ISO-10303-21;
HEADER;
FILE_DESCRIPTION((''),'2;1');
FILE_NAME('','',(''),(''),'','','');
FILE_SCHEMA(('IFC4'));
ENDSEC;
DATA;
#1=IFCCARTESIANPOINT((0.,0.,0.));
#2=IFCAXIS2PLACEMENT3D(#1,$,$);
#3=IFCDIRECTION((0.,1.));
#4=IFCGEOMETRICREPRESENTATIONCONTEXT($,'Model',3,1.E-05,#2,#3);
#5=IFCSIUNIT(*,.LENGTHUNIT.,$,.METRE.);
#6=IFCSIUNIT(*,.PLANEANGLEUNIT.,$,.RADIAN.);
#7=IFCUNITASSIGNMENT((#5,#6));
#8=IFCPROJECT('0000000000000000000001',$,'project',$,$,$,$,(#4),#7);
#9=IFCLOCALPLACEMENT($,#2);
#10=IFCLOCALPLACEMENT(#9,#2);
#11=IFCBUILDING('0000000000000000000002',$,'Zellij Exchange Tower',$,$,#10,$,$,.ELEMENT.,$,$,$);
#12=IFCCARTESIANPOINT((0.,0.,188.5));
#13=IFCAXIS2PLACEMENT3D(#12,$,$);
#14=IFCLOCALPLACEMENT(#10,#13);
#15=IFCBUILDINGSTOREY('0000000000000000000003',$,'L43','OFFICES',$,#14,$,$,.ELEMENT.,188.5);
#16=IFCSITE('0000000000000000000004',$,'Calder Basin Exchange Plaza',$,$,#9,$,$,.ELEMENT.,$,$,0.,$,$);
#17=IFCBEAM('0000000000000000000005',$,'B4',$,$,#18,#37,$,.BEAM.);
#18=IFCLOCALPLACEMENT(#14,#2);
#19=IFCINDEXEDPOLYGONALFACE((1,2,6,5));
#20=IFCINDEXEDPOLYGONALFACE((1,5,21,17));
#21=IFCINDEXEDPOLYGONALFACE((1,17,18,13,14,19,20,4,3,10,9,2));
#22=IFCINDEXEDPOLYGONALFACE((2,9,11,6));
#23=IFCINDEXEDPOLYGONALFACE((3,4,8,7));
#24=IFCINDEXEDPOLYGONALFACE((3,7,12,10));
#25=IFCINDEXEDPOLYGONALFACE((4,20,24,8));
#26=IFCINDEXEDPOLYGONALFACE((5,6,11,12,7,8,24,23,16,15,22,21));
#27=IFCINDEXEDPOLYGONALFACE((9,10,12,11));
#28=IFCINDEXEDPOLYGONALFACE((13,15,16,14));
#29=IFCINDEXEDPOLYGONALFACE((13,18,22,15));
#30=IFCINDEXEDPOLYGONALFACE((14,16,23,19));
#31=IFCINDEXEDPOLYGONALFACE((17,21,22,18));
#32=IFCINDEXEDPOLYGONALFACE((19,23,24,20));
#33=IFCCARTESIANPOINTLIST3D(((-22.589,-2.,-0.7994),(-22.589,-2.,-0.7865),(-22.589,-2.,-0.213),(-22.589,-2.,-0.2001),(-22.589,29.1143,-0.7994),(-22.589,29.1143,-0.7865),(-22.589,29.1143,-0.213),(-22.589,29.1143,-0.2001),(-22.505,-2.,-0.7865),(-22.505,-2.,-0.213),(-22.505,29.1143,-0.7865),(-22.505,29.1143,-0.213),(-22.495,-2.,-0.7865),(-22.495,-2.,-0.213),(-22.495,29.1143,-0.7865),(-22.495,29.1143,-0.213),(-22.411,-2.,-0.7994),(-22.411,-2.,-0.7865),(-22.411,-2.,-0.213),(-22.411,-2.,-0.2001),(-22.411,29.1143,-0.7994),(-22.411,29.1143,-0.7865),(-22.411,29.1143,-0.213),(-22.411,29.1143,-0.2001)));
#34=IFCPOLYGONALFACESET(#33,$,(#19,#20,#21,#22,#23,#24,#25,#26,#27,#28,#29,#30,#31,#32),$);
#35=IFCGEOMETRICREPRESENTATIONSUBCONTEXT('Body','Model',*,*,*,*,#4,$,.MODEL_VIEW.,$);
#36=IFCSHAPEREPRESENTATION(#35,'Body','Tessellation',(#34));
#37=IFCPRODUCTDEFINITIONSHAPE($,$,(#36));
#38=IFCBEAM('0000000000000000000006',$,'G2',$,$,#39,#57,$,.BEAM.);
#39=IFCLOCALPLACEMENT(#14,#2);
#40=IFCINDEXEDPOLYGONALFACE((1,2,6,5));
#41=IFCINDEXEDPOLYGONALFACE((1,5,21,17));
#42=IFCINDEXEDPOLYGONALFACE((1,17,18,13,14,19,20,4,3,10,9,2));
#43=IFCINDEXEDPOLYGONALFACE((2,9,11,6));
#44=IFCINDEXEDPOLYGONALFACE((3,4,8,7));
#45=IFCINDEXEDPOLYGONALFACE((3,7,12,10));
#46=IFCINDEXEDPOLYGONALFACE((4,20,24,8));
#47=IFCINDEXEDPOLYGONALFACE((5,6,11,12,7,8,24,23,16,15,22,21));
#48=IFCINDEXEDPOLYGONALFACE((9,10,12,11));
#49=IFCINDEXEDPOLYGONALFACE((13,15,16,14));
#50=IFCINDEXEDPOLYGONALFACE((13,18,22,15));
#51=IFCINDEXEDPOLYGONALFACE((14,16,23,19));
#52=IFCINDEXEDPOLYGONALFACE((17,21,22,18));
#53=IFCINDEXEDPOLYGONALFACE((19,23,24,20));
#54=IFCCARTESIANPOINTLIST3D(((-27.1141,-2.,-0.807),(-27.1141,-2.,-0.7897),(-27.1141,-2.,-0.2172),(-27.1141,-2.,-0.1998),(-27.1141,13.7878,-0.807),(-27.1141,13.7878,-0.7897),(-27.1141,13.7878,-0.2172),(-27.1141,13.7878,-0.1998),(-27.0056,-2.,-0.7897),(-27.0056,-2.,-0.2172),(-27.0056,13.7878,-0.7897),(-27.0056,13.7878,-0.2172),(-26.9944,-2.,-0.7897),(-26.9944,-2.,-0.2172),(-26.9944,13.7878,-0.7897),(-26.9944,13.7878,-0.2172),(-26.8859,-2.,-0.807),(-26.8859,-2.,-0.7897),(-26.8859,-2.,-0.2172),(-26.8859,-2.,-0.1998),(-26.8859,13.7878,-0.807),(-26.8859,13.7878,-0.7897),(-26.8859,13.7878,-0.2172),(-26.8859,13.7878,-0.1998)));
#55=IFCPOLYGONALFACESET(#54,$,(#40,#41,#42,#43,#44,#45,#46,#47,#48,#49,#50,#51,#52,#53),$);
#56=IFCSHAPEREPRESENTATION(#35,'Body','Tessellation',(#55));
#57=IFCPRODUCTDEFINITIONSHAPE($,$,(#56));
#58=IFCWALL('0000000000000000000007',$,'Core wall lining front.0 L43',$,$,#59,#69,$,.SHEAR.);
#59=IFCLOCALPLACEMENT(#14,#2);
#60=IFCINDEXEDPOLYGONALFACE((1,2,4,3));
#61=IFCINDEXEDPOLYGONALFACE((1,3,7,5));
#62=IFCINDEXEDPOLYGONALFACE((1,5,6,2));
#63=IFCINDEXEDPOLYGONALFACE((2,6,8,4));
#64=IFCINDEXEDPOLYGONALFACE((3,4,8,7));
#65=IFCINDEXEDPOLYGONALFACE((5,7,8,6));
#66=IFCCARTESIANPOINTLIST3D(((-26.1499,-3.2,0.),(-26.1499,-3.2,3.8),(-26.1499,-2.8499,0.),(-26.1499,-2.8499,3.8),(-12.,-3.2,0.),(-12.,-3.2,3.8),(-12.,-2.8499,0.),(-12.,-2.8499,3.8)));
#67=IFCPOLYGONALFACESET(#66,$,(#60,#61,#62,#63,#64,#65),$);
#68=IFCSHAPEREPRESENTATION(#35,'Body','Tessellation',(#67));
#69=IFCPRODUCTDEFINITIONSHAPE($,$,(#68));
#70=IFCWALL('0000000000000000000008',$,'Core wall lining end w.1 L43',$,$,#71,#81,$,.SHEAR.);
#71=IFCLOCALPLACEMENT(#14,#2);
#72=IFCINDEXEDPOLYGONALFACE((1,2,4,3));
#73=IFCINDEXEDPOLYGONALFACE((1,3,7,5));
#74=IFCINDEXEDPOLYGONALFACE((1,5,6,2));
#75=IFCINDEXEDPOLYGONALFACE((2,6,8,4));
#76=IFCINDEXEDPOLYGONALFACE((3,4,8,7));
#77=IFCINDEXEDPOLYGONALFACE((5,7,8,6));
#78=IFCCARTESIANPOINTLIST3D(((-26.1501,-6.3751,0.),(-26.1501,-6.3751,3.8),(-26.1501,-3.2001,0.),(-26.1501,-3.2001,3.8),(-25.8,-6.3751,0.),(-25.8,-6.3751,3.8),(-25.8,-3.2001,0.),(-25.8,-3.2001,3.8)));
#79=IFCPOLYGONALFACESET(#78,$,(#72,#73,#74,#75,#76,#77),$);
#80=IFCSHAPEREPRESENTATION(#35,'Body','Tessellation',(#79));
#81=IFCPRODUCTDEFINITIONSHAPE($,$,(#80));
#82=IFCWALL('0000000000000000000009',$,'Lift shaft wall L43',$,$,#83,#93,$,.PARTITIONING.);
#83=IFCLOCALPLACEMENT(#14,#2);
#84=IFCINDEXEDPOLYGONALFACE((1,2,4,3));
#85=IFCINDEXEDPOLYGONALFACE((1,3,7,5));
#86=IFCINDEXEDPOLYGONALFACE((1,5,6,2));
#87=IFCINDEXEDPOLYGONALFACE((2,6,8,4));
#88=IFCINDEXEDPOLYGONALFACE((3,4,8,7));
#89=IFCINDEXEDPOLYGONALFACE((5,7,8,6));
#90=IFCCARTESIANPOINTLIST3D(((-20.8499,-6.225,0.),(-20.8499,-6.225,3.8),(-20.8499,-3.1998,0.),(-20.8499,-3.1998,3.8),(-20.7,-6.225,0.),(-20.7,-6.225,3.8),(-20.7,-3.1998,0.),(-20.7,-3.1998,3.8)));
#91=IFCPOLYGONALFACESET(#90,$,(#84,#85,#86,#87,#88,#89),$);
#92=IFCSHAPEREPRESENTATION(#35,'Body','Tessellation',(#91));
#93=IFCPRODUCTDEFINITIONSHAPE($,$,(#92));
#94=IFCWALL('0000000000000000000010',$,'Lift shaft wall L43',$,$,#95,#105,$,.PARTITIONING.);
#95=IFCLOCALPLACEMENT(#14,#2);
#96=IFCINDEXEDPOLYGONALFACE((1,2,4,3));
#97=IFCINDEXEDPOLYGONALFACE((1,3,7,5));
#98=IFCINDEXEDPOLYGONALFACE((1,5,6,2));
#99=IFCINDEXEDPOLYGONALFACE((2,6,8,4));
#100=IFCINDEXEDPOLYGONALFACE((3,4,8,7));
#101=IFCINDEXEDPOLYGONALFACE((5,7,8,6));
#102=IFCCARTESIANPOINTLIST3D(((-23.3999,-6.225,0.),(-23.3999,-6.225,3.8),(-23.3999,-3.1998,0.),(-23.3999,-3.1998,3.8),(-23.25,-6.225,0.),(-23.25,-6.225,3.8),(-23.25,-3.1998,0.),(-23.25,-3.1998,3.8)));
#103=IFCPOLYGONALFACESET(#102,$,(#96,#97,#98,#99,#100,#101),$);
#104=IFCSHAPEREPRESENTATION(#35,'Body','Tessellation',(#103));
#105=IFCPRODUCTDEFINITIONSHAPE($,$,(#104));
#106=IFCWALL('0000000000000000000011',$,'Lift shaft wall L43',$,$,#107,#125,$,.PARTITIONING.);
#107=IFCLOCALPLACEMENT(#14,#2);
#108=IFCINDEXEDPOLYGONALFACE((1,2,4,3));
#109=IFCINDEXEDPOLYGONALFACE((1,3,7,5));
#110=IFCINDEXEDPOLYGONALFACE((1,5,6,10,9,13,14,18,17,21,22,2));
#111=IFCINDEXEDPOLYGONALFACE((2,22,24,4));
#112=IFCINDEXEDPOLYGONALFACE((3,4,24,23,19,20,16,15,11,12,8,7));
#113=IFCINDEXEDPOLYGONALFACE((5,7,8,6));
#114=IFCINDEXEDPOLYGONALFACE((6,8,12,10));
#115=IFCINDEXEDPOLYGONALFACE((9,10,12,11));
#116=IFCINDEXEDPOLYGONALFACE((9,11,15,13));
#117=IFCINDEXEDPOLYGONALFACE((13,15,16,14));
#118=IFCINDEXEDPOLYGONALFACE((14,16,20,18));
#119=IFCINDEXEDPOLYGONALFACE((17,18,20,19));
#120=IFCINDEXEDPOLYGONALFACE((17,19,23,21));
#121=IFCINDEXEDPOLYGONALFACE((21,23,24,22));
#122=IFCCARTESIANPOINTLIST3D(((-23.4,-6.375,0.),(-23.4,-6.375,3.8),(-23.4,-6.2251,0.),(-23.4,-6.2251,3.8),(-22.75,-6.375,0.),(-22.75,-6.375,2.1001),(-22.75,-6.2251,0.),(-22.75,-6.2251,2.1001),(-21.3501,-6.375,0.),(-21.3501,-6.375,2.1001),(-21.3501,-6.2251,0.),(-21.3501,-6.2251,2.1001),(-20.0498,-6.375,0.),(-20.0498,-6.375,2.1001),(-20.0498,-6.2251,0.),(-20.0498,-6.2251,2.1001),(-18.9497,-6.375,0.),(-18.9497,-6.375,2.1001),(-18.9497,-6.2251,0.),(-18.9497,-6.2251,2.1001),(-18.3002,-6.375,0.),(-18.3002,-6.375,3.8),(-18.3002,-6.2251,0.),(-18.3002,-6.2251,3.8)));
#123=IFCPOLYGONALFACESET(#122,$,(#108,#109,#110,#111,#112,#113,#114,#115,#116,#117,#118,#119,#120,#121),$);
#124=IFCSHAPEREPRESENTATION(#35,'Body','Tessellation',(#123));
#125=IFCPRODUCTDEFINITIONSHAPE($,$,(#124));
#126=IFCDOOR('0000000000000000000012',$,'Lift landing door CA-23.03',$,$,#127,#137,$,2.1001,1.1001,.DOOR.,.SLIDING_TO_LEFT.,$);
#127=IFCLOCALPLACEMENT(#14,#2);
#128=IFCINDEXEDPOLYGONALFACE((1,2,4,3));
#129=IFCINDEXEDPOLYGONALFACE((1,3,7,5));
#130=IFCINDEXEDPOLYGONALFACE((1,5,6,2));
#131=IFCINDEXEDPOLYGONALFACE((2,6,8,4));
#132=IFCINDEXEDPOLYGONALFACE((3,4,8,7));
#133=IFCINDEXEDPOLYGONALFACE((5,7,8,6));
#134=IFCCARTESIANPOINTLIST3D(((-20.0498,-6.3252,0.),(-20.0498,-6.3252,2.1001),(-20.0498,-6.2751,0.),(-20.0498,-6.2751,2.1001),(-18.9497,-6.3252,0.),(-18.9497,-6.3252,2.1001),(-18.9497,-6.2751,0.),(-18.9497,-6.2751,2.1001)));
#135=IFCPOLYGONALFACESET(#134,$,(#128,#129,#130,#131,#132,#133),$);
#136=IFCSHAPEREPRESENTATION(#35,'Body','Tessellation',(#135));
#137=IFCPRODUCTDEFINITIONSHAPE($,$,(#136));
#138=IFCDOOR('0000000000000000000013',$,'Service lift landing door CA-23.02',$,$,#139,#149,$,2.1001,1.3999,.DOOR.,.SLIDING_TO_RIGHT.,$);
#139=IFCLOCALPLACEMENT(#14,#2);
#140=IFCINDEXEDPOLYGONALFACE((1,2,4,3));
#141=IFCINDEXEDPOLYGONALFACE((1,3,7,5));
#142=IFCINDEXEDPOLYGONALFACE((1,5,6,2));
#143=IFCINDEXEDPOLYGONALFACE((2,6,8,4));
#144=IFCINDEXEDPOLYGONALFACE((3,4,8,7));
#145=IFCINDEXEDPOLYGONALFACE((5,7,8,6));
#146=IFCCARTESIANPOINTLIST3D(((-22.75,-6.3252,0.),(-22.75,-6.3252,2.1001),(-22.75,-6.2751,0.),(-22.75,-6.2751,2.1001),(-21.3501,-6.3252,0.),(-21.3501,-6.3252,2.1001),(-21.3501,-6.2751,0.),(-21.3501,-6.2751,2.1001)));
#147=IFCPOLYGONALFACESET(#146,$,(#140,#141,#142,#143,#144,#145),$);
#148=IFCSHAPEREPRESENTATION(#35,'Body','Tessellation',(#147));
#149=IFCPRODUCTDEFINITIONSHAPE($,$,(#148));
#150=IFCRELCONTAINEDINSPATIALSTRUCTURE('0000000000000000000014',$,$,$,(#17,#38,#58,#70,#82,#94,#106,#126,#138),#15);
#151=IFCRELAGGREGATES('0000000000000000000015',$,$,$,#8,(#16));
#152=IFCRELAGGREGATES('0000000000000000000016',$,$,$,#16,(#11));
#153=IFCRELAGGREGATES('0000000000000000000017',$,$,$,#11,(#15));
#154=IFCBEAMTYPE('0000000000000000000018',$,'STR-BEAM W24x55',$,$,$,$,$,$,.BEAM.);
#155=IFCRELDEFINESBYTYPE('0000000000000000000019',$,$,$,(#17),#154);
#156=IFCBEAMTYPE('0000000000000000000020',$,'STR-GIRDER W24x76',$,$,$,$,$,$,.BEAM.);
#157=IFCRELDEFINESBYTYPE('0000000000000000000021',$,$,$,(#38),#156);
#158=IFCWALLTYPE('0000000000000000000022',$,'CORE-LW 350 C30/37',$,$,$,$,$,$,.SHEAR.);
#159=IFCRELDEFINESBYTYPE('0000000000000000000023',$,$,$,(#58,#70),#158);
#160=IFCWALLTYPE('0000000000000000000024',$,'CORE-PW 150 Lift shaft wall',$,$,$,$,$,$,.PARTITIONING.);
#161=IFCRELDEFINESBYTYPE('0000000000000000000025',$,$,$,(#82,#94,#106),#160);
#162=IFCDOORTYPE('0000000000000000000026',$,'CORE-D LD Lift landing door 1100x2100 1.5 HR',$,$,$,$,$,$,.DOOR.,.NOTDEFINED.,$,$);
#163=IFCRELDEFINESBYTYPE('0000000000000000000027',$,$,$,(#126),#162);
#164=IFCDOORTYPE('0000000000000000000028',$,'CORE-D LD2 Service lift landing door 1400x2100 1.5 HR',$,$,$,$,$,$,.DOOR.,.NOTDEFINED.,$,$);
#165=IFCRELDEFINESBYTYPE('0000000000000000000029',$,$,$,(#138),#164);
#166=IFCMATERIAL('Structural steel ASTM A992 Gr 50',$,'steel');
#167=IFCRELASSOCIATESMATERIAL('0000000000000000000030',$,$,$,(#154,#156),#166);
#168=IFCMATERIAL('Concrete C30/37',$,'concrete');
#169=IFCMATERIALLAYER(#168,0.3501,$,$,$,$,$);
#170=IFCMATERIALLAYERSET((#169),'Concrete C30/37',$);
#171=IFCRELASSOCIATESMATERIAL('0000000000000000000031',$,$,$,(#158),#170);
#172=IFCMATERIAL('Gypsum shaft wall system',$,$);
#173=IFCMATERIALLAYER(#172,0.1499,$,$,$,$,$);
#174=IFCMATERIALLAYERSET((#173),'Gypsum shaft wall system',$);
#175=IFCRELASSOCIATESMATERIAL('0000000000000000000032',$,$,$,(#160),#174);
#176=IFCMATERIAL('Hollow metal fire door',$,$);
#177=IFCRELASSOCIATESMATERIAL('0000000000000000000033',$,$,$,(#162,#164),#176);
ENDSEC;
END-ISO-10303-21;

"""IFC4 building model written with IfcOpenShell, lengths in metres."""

from ifc_helpers import new_model, si_unit, direction, frame, frame_2d, origin, origin_2d, place, context, subcontext, project, spatial, rectangle, i_section, extrude, material, layer, layer_set, material_profile, profile_set, type_object, element, fill, save


model = new_model("IFC4")

# Units and contexts
model_context = context("Model", 3, precision=1e-05, world=origin(), true_north=direction((0.0, 1.0)))
body_context = subcontext(model_context, "Body", "Model", "MODEL_VIEW")
ifc_project = project(units=[si_unit("LENGTHUNIT", "METRE"), si_unit("PLANEANGLEUNIT", "RADIAN")], contexts=[model_context])

# Site, building, storey
site_placement = place(None, origin())
site = spatial("IfcSite", under=ifc_project, at=site_placement, Name="Calder Basin Exchange Plaza", CompositionType="ELEMENT", RefElevation=0.0)
building_placement = place(site_placement, origin())
building = spatial("IfcBuilding", under=site, at=building_placement, Name="Zellij Exchange Tower", CompositionType="ELEMENT")
storey_placement = place(building_placement, frame((0.0, 0.0, 188.5)))
storey = spatial("IfcBuildingStorey", under=building, at=storey_placement, Name="L43", Description="OFFICES", CompositionType="ELEMENT", Elevation=188.5)

# Beams
ifc_material_1 = material(Name="Structural steel ASTM A992 Gr 50", Category="steel")
ifc_material_profile_1 = material_profile(ifc_material_1, i_section(OverallWidth=0.178, OverallDepth=0.5994, WebThickness=0.01, FlangeThickness=0.0129, at=origin_2d()), Name="W24x55")
ifc_profile_set_1 = profile_set([ifc_material_profile_1], Name="Structural steel ASTM A992 Gr 50")
beam_type_1 = type_object("IfcBeamType", Name="STR-BEAM W24x55", PredefinedType="BEAM", material=ifc_profile_set_1)
beam_1_placement = place(storey_placement, frame((-22.5, -2.0, -0.4998), z_axis=(0.0, 1.0, 0.0), x_axis=(-1.0, 0.0, 0.0)))
element("IfcBeam", 1, at=beam_1_placement, inside=storey, type_object=beam_type_1, Name="B4", PredefinedType="BEAM", context=body_context, shape_type="SweptSolid", body=[
    extrude(i_section(OverallWidth=0.178, OverallDepth=0.5994, WebThickness=0.01, FlangeThickness=0.0129, at=origin_2d()), origin(), (0.0, 0.0, 1.0), 31.1143),
])
ifc_material_profile_2 = material_profile(ifc_material_1, i_section(OverallWidth=0.2283, OverallDepth=0.6072, WebThickness=0.0112, FlangeThickness=0.0173, at=origin_2d()), Name="W24x76")
ifc_profile_set_2 = profile_set([ifc_material_profile_2], Name="Structural steel ASTM A992 Gr 50")
beam_type_2 = type_object("IfcBeamType", Name="STR-GIRDER W24x76", PredefinedType="BEAM", material=ifc_profile_set_2)
beam_2_placement = place(storey_placement, frame((-27.0, -2.0, -0.5034), z_axis=(0.0, 1.0, 0.0), x_axis=(-1.0, 0.0, 0.0)))
element("IfcBeam", 2, at=beam_2_placement, inside=storey, type_object=beam_type_2, Name="G2", PredefinedType="BEAM", context=body_context, shape_type="SweptSolid", body=[
    extrude(i_section(OverallWidth=0.2283, OverallDepth=0.6072, WebThickness=0.0112, FlangeThickness=0.0173, at=origin_2d()), origin(), (0.0, 0.0, 1.0), 15.7878),
])

# Walls
ifc_material_2 = material(Name="Concrete C30/37", Category="concrete")
ifc_layer_1 = layer(ifc_material_2, 0.3501)
ifc_layer_set_1 = layer_set([ifc_layer_1], Name="Concrete C30/37")
wall_type_1 = type_object("IfcWallType", Name="CORE-LW 350 C30/37", PredefinedType="SHEAR", material=ifc_layer_set_1)
wall_1_placement = place(storey_placement, frame((-26.1499, -3.0249, 0.0), z_axis=(0.0, 0.0, 1.0), x_axis=(1.0, 0.0, 0.0)))
element("IfcWall", 3, at=wall_1_placement, inside=storey, type_object=wall_type_1, Name="Core wall lining front.0 L43", PredefinedType="SHEAR", context=body_context, shape_type="SweptSolid", body=[
    extrude(rectangle(XDim=14.1499, YDim=0.3501, at=frame_2d((7.075, 0.0))), origin(), (0.0, 0.0, 1.0), 3.8),
])
wall_2_placement = place(storey_placement, frame((-25.9751, -6.375, 0.0), z_axis=(0.0, 0.0, 1.0), x_axis=(0.0, 1.0, 0.0)))
element("IfcWall", 4, at=wall_2_placement, inside=storey, type_object=wall_type_1, Name="Core wall lining end w.1 L43", PredefinedType="SHEAR", context=body_context, shape_type="SweptSolid", body=[
    extrude(rectangle(XDim=3.175, YDim=0.3501, at=frame_2d((1.5874, 0.0))), origin(), (0.0, 0.0, 1.0), 3.8),
])
ifc_material_3 = material(Name="Gypsum shaft wall system")
ifc_layer_2 = layer(ifc_material_3, 0.1499)
ifc_layer_set_2 = layer_set([ifc_layer_2], Name="Gypsum shaft wall system")
wall_type_2 = type_object("IfcWallType", Name="CORE-PW 150 Lift shaft wall", PredefinedType="PARTITIONING", material=ifc_layer_set_2)
for number, where, z_axis, x_axis, name in (
    (5, (-20.7749, -6.2251, 0.0), (0.0, 0.0, 1.0), (0.0, 1.0, 0.0), "Lift shaft wall L43"),
    (6, (-23.325, -6.2251, 0.0), (0.0, 0.0, 1.0), (0.0, 1.0, 0.0), "Lift shaft wall L43"),
):
    element("IfcWall", number, at=place(storey_placement, frame(where, z_axis=z_axis, x_axis=x_axis)), inside=storey, type_object=wall_type_2, Name=name, PredefinedType="PARTITIONING", context=body_context, shape_type="SweptSolid", body=[
        extrude(rectangle(XDim=3.0251, YDim=0.1499, at=frame_2d((1.5127, 0.0))), origin(), (0.0, 0.0, 1.0), 3.8),
    ])

# Wall, openings, doors
wall_3_placement = place(storey_placement, frame((-23.3999, -6.3, 0.0), z_axis=(0.0, 0.0, 1.0), x_axis=(1.0, 0.0, 0.0)))
wall_3 = element("IfcWall", 7, at=wall_3_placement, inside=storey, type_object=wall_type_2, Name="Lift shaft wall L43", PredefinedType="PARTITIONING", context=body_context, shape_type="SweptSolid", body=[
    extrude(rectangle(XDim=5.0999, YDim=0.1499, at=frame_2d((2.5498, 0.0))), origin(), (0.0, 0.0, 1.0), 3.8),
])
opening_1_placement = place(wall_3_placement, frame((0.6499, 0.0, 0.0)))
opening_1 = element("IfcOpeningElement", 8, at=opening_1_placement, cuts=wall_3, PredefinedType="OPENING", context=body_context, shape_type="SweptSolid", body=[
    extrude(rectangle(XDim=1.3999, YDim=2.1001, at=frame_2d((0.7, 1.05))), frame((0.0, 0.0869, 0.0), z_axis=(0.0, -1.0, 0.0), x_axis=(1.0, 0.0, 0.0)), (0.0, 0.0, 1.0), 0.1738),
])
opening_2_placement = place(wall_3_placement, frame((3.3501, 0.0, 0.0)))
opening_2 = element("IfcOpeningElement", 9, at=opening_2_placement, cuts=wall_3, PredefinedType="OPENING", context=body_context, shape_type="SweptSolid", body=[
    extrude(rectangle(XDim=1.1001, YDim=2.1001, at=frame_2d((0.55, 1.05))), frame((0.0, 0.0869, 0.0), z_axis=(0.0, -1.0, 0.0), x_axis=(1.0, 0.0, 0.0)), (0.0, 0.0, 1.0), 0.1738),
])
ifc_material_4 = material(Name="Hollow metal fire door")
door_type_1 = type_object("IfcDoorType", Name="CORE-D LD Lift landing door 1100x2100 1.5 HR", OperationType="NOTDEFINED", PredefinedType="DOOR", material=ifc_material_4)
door_1_placement = place(opening_2_placement, origin())
door_1 = element("IfcDoor", 10, at=door_1_placement, inside=storey, type_object=door_type_1, Name="Lift landing door CA-23.03", OperationType="SLIDING_TO_LEFT", OverallHeight=2.1001, OverallWidth=1.1001, PredefinedType="DOOR", context=body_context, shape_type="SweptSolid", body=[
    extrude(rectangle(XDim=1.1001, YDim=2.1001, at=frame_2d((0.55, 1.05))), frame((0.0, 0.0249, 0.0), z_axis=(0.0, -1.0, 0.0), x_axis=(1.0, 0.0, 0.0)), (0.0, 0.0, 1.0), 0.05),
])
fill(opening_2, door_1)
door_type_2 = type_object("IfcDoorType", Name="CORE-D LD2 Service lift landing door 1400x2100 1.5 HR", OperationType="NOTDEFINED", PredefinedType="DOOR", material=ifc_material_4)
door_2_placement = place(opening_1_placement, origin())
door_2 = element("IfcDoor", 11, at=door_2_placement, inside=storey, type_object=door_type_2, Name="Service lift landing door CA-23.02", OperationType="SLIDING_TO_RIGHT", OverallHeight=2.1001, OverallWidth=1.3999, PredefinedType="DOOR", context=body_context, shape_type="SweptSolid", body=[
    extrude(rectangle(XDim=1.3999, YDim=2.1001, at=frame_2d((0.7, 1.05))), frame((0.0, 0.0249, 0.0), z_axis=(0.0, -1.0, 0.0), x_axis=(1.0, 0.0, 0.0)), (0.0, 0.0, 1.0), 0.05),
])
fill(opening_1, door_2)

save(model, "model.ifc")
